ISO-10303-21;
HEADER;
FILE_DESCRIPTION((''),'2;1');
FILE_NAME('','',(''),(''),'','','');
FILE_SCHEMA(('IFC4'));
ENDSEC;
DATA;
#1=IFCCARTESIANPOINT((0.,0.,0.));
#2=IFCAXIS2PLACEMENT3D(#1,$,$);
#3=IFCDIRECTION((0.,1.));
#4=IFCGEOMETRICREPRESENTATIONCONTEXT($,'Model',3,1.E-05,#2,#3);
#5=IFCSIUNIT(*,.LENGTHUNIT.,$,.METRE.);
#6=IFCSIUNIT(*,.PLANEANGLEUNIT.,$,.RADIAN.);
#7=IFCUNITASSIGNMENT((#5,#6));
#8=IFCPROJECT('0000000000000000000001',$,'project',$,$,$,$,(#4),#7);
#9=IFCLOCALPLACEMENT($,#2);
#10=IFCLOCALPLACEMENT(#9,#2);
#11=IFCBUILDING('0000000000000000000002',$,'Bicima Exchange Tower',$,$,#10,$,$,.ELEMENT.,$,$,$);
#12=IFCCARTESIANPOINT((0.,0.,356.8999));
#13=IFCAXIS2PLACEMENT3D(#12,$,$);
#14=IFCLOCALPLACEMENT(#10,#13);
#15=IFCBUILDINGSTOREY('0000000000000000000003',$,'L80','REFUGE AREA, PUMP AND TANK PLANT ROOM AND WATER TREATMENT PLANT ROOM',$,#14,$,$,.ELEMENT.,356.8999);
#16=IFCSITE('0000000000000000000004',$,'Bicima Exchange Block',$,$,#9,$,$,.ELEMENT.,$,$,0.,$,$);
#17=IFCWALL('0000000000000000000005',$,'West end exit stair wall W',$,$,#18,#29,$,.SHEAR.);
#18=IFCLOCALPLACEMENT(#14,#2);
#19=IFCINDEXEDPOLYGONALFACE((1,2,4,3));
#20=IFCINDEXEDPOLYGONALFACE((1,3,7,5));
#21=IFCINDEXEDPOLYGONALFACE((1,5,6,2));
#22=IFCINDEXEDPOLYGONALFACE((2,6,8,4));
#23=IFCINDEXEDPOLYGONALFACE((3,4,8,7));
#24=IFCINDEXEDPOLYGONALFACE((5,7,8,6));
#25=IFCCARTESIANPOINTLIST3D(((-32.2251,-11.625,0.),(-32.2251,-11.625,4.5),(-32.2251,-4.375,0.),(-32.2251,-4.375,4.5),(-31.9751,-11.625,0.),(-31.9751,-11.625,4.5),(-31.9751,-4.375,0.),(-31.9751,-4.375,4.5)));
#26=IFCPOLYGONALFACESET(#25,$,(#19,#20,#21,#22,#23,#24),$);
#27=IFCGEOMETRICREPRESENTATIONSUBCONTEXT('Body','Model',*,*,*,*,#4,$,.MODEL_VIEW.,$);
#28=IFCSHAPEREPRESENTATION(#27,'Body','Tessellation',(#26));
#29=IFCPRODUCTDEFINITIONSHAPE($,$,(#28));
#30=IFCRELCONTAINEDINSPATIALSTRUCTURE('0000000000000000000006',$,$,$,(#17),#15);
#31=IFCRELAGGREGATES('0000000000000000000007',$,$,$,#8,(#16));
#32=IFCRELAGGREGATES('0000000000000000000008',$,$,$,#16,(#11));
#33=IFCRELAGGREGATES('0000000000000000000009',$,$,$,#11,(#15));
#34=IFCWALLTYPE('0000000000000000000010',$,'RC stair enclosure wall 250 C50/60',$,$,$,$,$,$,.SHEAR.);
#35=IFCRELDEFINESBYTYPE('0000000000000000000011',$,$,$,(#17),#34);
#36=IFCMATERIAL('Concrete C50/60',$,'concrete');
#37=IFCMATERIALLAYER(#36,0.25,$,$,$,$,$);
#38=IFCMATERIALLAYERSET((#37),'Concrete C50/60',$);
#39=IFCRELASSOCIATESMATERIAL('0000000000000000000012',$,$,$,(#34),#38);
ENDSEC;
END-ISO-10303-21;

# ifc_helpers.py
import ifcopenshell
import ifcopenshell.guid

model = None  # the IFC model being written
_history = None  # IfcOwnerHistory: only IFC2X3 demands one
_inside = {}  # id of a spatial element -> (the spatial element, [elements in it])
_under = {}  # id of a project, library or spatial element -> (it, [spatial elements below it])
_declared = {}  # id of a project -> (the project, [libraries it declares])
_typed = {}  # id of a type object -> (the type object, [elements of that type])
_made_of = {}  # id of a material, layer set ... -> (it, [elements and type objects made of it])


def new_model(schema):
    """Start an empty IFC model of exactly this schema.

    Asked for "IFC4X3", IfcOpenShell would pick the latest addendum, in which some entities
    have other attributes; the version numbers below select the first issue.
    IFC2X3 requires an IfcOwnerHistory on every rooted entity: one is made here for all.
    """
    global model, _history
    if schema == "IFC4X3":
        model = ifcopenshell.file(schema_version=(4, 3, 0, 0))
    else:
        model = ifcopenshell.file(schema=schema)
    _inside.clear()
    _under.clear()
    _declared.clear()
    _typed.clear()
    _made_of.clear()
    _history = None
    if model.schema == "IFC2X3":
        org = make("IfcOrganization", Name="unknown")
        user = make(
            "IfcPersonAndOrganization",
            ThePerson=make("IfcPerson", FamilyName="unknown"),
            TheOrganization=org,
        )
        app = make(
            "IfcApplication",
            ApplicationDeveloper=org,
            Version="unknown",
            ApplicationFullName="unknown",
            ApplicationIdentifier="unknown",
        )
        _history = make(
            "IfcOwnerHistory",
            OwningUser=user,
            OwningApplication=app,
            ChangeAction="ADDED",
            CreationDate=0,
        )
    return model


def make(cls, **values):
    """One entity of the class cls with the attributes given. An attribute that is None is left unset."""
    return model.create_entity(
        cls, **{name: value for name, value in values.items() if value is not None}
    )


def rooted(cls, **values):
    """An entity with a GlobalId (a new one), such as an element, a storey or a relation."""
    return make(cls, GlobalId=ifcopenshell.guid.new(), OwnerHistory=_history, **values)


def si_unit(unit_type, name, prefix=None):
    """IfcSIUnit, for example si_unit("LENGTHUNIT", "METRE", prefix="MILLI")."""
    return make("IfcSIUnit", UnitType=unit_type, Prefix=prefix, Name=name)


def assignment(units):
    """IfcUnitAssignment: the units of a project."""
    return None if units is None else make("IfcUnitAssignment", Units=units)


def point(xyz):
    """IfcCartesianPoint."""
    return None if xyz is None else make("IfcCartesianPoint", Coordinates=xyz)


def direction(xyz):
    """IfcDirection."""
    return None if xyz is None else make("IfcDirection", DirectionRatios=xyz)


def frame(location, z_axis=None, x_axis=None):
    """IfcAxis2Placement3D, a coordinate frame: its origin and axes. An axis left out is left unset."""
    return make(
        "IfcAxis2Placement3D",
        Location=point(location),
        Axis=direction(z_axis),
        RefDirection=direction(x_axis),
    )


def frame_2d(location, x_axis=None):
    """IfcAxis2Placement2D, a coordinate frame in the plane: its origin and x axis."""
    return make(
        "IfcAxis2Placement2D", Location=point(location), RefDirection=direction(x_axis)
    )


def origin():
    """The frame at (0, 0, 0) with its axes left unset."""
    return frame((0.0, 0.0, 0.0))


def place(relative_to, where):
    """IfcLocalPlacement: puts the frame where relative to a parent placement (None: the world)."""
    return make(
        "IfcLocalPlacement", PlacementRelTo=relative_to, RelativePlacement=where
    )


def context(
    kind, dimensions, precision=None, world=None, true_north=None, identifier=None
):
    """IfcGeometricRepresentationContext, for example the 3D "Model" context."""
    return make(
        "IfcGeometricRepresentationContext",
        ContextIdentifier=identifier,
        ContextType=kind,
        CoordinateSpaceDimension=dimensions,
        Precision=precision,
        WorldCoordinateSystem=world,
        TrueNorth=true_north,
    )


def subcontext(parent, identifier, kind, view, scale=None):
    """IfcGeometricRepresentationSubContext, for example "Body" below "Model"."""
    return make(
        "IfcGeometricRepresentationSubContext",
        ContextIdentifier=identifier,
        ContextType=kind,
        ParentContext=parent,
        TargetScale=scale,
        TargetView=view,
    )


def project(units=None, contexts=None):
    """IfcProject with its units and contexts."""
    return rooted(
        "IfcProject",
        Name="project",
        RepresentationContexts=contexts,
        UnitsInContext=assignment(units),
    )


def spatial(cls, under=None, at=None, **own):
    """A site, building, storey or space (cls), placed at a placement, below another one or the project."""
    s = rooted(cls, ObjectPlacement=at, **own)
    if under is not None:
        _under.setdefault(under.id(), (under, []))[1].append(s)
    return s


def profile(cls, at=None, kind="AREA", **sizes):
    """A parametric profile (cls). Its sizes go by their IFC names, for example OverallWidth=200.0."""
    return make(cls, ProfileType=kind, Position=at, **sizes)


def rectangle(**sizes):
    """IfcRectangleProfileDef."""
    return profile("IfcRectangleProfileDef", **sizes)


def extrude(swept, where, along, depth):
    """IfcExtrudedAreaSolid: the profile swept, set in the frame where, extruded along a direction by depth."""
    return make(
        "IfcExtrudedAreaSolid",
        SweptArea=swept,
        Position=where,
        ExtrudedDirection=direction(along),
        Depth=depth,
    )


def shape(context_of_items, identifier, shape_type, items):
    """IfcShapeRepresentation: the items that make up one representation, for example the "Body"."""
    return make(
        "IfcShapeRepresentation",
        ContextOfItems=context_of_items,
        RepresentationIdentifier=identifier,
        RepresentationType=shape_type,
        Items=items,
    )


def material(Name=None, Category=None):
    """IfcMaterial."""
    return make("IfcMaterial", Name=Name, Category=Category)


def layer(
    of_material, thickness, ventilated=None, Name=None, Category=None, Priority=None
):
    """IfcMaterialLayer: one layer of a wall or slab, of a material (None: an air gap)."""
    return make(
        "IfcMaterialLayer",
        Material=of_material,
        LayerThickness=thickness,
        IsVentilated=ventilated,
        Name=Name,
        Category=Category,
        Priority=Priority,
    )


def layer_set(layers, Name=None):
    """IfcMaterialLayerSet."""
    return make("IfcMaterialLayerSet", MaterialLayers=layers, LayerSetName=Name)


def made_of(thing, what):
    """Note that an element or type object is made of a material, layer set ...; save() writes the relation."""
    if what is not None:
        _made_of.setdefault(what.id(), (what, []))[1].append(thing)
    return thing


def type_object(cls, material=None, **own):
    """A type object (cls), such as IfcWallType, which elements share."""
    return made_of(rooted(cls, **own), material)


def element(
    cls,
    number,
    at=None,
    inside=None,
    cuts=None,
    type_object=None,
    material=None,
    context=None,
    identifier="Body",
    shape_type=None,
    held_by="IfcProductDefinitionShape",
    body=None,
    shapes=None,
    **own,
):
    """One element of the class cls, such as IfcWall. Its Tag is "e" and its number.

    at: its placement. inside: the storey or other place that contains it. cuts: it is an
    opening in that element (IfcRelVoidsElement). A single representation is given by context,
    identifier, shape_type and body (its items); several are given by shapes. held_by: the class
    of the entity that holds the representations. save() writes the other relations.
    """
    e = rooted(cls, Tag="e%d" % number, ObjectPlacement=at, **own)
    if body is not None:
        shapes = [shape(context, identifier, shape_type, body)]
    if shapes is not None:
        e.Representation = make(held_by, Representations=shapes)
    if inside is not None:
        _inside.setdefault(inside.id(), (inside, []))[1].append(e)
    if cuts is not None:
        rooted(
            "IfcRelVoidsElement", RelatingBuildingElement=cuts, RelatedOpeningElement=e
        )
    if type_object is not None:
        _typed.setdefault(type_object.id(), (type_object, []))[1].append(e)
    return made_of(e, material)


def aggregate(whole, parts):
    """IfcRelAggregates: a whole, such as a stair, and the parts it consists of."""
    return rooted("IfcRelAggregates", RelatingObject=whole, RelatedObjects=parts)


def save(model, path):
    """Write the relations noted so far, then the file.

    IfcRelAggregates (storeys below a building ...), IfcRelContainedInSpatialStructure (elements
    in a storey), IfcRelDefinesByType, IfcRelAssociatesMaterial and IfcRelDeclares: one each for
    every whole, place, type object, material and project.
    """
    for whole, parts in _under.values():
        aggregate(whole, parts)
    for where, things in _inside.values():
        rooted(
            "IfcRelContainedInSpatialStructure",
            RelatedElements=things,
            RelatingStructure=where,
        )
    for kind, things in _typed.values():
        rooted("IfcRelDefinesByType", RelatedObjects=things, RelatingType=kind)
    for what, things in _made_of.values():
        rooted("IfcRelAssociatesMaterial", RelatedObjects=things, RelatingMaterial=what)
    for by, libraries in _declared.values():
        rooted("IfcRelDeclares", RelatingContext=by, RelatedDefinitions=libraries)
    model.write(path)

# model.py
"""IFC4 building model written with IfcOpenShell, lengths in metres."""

from ifc_helpers import new_model, si_unit, direction, frame, frame_2d, origin, place, context, subcontext, project, spatial, rectangle, extrude, material, layer, layer_set, type_object, element, save


model = new_model("IFC4")

# Units and contexts
model_context = context("Model", 3, precision=1e-05, world=origin(), true_north=direction((0.0, 1.0)))
body_context = subcontext(model_context, "Body", "Model", "MODEL_VIEW")
ifc_project = project(units=[si_unit("LENGTHUNIT", "METRE"), si_unit("PLANEANGLEUNIT", "RADIAN")], contexts=[model_context])

# Site, building, storey
site_placement = place(None, origin())
site = spatial("IfcSite", under=ifc_project, at=site_placement, Name="Bicima Exchange Block", CompositionType="ELEMENT", RefElevation=0.0)
building_placement = place(site_placement, origin())
building = spatial("IfcBuilding", under=site, at=building_placement, Name="Bicima Exchange Tower", CompositionType="ELEMENT")
storey_placement = place(building_placement, frame((0.0, 0.0, 356.8999)))
storey = spatial("IfcBuildingStorey", under=building, at=storey_placement, Name="L80", Description="REFUGE AREA, PUMP AND TANK PLANT ROOM AND WATER TREATMENT PLANT ROOM", CompositionType="ELEMENT", Elevation=356.8999)

# Wall
ifc_material_1 = material(Name="Concrete C50/60", Category="concrete")
ifc_layer_1 = layer(ifc_material_1, 0.25)
ifc_layer_set_1 = layer_set([ifc_layer_1], Name="Concrete C50/60")
wall_type_1 = type_object("IfcWallType", Name="RC stair enclosure wall 250 C50/60", PredefinedType="SHEAR", material=ifc_layer_set_1)
wall_1_placement = place(storey_placement, frame((-32.1001, -11.625, 0.0), z_axis=(0.0, 0.0, 1.0), x_axis=(0.0, 1.0, 0.0)))
element("IfcWall", 1, at=wall_1_placement, inside=storey, type_object=wall_type_1, Name="West end exit stair wall W", PredefinedType="SHEAR", context=body_context, shape_type="SweptSolid", body=[
    extrude(rectangle(XDim=7.25, YDim=0.25, at=frame_2d((3.625, 0.0))), origin(), (0.0, 0.0, 1.0), 4.5),
])

save(model, "model.ifc")
